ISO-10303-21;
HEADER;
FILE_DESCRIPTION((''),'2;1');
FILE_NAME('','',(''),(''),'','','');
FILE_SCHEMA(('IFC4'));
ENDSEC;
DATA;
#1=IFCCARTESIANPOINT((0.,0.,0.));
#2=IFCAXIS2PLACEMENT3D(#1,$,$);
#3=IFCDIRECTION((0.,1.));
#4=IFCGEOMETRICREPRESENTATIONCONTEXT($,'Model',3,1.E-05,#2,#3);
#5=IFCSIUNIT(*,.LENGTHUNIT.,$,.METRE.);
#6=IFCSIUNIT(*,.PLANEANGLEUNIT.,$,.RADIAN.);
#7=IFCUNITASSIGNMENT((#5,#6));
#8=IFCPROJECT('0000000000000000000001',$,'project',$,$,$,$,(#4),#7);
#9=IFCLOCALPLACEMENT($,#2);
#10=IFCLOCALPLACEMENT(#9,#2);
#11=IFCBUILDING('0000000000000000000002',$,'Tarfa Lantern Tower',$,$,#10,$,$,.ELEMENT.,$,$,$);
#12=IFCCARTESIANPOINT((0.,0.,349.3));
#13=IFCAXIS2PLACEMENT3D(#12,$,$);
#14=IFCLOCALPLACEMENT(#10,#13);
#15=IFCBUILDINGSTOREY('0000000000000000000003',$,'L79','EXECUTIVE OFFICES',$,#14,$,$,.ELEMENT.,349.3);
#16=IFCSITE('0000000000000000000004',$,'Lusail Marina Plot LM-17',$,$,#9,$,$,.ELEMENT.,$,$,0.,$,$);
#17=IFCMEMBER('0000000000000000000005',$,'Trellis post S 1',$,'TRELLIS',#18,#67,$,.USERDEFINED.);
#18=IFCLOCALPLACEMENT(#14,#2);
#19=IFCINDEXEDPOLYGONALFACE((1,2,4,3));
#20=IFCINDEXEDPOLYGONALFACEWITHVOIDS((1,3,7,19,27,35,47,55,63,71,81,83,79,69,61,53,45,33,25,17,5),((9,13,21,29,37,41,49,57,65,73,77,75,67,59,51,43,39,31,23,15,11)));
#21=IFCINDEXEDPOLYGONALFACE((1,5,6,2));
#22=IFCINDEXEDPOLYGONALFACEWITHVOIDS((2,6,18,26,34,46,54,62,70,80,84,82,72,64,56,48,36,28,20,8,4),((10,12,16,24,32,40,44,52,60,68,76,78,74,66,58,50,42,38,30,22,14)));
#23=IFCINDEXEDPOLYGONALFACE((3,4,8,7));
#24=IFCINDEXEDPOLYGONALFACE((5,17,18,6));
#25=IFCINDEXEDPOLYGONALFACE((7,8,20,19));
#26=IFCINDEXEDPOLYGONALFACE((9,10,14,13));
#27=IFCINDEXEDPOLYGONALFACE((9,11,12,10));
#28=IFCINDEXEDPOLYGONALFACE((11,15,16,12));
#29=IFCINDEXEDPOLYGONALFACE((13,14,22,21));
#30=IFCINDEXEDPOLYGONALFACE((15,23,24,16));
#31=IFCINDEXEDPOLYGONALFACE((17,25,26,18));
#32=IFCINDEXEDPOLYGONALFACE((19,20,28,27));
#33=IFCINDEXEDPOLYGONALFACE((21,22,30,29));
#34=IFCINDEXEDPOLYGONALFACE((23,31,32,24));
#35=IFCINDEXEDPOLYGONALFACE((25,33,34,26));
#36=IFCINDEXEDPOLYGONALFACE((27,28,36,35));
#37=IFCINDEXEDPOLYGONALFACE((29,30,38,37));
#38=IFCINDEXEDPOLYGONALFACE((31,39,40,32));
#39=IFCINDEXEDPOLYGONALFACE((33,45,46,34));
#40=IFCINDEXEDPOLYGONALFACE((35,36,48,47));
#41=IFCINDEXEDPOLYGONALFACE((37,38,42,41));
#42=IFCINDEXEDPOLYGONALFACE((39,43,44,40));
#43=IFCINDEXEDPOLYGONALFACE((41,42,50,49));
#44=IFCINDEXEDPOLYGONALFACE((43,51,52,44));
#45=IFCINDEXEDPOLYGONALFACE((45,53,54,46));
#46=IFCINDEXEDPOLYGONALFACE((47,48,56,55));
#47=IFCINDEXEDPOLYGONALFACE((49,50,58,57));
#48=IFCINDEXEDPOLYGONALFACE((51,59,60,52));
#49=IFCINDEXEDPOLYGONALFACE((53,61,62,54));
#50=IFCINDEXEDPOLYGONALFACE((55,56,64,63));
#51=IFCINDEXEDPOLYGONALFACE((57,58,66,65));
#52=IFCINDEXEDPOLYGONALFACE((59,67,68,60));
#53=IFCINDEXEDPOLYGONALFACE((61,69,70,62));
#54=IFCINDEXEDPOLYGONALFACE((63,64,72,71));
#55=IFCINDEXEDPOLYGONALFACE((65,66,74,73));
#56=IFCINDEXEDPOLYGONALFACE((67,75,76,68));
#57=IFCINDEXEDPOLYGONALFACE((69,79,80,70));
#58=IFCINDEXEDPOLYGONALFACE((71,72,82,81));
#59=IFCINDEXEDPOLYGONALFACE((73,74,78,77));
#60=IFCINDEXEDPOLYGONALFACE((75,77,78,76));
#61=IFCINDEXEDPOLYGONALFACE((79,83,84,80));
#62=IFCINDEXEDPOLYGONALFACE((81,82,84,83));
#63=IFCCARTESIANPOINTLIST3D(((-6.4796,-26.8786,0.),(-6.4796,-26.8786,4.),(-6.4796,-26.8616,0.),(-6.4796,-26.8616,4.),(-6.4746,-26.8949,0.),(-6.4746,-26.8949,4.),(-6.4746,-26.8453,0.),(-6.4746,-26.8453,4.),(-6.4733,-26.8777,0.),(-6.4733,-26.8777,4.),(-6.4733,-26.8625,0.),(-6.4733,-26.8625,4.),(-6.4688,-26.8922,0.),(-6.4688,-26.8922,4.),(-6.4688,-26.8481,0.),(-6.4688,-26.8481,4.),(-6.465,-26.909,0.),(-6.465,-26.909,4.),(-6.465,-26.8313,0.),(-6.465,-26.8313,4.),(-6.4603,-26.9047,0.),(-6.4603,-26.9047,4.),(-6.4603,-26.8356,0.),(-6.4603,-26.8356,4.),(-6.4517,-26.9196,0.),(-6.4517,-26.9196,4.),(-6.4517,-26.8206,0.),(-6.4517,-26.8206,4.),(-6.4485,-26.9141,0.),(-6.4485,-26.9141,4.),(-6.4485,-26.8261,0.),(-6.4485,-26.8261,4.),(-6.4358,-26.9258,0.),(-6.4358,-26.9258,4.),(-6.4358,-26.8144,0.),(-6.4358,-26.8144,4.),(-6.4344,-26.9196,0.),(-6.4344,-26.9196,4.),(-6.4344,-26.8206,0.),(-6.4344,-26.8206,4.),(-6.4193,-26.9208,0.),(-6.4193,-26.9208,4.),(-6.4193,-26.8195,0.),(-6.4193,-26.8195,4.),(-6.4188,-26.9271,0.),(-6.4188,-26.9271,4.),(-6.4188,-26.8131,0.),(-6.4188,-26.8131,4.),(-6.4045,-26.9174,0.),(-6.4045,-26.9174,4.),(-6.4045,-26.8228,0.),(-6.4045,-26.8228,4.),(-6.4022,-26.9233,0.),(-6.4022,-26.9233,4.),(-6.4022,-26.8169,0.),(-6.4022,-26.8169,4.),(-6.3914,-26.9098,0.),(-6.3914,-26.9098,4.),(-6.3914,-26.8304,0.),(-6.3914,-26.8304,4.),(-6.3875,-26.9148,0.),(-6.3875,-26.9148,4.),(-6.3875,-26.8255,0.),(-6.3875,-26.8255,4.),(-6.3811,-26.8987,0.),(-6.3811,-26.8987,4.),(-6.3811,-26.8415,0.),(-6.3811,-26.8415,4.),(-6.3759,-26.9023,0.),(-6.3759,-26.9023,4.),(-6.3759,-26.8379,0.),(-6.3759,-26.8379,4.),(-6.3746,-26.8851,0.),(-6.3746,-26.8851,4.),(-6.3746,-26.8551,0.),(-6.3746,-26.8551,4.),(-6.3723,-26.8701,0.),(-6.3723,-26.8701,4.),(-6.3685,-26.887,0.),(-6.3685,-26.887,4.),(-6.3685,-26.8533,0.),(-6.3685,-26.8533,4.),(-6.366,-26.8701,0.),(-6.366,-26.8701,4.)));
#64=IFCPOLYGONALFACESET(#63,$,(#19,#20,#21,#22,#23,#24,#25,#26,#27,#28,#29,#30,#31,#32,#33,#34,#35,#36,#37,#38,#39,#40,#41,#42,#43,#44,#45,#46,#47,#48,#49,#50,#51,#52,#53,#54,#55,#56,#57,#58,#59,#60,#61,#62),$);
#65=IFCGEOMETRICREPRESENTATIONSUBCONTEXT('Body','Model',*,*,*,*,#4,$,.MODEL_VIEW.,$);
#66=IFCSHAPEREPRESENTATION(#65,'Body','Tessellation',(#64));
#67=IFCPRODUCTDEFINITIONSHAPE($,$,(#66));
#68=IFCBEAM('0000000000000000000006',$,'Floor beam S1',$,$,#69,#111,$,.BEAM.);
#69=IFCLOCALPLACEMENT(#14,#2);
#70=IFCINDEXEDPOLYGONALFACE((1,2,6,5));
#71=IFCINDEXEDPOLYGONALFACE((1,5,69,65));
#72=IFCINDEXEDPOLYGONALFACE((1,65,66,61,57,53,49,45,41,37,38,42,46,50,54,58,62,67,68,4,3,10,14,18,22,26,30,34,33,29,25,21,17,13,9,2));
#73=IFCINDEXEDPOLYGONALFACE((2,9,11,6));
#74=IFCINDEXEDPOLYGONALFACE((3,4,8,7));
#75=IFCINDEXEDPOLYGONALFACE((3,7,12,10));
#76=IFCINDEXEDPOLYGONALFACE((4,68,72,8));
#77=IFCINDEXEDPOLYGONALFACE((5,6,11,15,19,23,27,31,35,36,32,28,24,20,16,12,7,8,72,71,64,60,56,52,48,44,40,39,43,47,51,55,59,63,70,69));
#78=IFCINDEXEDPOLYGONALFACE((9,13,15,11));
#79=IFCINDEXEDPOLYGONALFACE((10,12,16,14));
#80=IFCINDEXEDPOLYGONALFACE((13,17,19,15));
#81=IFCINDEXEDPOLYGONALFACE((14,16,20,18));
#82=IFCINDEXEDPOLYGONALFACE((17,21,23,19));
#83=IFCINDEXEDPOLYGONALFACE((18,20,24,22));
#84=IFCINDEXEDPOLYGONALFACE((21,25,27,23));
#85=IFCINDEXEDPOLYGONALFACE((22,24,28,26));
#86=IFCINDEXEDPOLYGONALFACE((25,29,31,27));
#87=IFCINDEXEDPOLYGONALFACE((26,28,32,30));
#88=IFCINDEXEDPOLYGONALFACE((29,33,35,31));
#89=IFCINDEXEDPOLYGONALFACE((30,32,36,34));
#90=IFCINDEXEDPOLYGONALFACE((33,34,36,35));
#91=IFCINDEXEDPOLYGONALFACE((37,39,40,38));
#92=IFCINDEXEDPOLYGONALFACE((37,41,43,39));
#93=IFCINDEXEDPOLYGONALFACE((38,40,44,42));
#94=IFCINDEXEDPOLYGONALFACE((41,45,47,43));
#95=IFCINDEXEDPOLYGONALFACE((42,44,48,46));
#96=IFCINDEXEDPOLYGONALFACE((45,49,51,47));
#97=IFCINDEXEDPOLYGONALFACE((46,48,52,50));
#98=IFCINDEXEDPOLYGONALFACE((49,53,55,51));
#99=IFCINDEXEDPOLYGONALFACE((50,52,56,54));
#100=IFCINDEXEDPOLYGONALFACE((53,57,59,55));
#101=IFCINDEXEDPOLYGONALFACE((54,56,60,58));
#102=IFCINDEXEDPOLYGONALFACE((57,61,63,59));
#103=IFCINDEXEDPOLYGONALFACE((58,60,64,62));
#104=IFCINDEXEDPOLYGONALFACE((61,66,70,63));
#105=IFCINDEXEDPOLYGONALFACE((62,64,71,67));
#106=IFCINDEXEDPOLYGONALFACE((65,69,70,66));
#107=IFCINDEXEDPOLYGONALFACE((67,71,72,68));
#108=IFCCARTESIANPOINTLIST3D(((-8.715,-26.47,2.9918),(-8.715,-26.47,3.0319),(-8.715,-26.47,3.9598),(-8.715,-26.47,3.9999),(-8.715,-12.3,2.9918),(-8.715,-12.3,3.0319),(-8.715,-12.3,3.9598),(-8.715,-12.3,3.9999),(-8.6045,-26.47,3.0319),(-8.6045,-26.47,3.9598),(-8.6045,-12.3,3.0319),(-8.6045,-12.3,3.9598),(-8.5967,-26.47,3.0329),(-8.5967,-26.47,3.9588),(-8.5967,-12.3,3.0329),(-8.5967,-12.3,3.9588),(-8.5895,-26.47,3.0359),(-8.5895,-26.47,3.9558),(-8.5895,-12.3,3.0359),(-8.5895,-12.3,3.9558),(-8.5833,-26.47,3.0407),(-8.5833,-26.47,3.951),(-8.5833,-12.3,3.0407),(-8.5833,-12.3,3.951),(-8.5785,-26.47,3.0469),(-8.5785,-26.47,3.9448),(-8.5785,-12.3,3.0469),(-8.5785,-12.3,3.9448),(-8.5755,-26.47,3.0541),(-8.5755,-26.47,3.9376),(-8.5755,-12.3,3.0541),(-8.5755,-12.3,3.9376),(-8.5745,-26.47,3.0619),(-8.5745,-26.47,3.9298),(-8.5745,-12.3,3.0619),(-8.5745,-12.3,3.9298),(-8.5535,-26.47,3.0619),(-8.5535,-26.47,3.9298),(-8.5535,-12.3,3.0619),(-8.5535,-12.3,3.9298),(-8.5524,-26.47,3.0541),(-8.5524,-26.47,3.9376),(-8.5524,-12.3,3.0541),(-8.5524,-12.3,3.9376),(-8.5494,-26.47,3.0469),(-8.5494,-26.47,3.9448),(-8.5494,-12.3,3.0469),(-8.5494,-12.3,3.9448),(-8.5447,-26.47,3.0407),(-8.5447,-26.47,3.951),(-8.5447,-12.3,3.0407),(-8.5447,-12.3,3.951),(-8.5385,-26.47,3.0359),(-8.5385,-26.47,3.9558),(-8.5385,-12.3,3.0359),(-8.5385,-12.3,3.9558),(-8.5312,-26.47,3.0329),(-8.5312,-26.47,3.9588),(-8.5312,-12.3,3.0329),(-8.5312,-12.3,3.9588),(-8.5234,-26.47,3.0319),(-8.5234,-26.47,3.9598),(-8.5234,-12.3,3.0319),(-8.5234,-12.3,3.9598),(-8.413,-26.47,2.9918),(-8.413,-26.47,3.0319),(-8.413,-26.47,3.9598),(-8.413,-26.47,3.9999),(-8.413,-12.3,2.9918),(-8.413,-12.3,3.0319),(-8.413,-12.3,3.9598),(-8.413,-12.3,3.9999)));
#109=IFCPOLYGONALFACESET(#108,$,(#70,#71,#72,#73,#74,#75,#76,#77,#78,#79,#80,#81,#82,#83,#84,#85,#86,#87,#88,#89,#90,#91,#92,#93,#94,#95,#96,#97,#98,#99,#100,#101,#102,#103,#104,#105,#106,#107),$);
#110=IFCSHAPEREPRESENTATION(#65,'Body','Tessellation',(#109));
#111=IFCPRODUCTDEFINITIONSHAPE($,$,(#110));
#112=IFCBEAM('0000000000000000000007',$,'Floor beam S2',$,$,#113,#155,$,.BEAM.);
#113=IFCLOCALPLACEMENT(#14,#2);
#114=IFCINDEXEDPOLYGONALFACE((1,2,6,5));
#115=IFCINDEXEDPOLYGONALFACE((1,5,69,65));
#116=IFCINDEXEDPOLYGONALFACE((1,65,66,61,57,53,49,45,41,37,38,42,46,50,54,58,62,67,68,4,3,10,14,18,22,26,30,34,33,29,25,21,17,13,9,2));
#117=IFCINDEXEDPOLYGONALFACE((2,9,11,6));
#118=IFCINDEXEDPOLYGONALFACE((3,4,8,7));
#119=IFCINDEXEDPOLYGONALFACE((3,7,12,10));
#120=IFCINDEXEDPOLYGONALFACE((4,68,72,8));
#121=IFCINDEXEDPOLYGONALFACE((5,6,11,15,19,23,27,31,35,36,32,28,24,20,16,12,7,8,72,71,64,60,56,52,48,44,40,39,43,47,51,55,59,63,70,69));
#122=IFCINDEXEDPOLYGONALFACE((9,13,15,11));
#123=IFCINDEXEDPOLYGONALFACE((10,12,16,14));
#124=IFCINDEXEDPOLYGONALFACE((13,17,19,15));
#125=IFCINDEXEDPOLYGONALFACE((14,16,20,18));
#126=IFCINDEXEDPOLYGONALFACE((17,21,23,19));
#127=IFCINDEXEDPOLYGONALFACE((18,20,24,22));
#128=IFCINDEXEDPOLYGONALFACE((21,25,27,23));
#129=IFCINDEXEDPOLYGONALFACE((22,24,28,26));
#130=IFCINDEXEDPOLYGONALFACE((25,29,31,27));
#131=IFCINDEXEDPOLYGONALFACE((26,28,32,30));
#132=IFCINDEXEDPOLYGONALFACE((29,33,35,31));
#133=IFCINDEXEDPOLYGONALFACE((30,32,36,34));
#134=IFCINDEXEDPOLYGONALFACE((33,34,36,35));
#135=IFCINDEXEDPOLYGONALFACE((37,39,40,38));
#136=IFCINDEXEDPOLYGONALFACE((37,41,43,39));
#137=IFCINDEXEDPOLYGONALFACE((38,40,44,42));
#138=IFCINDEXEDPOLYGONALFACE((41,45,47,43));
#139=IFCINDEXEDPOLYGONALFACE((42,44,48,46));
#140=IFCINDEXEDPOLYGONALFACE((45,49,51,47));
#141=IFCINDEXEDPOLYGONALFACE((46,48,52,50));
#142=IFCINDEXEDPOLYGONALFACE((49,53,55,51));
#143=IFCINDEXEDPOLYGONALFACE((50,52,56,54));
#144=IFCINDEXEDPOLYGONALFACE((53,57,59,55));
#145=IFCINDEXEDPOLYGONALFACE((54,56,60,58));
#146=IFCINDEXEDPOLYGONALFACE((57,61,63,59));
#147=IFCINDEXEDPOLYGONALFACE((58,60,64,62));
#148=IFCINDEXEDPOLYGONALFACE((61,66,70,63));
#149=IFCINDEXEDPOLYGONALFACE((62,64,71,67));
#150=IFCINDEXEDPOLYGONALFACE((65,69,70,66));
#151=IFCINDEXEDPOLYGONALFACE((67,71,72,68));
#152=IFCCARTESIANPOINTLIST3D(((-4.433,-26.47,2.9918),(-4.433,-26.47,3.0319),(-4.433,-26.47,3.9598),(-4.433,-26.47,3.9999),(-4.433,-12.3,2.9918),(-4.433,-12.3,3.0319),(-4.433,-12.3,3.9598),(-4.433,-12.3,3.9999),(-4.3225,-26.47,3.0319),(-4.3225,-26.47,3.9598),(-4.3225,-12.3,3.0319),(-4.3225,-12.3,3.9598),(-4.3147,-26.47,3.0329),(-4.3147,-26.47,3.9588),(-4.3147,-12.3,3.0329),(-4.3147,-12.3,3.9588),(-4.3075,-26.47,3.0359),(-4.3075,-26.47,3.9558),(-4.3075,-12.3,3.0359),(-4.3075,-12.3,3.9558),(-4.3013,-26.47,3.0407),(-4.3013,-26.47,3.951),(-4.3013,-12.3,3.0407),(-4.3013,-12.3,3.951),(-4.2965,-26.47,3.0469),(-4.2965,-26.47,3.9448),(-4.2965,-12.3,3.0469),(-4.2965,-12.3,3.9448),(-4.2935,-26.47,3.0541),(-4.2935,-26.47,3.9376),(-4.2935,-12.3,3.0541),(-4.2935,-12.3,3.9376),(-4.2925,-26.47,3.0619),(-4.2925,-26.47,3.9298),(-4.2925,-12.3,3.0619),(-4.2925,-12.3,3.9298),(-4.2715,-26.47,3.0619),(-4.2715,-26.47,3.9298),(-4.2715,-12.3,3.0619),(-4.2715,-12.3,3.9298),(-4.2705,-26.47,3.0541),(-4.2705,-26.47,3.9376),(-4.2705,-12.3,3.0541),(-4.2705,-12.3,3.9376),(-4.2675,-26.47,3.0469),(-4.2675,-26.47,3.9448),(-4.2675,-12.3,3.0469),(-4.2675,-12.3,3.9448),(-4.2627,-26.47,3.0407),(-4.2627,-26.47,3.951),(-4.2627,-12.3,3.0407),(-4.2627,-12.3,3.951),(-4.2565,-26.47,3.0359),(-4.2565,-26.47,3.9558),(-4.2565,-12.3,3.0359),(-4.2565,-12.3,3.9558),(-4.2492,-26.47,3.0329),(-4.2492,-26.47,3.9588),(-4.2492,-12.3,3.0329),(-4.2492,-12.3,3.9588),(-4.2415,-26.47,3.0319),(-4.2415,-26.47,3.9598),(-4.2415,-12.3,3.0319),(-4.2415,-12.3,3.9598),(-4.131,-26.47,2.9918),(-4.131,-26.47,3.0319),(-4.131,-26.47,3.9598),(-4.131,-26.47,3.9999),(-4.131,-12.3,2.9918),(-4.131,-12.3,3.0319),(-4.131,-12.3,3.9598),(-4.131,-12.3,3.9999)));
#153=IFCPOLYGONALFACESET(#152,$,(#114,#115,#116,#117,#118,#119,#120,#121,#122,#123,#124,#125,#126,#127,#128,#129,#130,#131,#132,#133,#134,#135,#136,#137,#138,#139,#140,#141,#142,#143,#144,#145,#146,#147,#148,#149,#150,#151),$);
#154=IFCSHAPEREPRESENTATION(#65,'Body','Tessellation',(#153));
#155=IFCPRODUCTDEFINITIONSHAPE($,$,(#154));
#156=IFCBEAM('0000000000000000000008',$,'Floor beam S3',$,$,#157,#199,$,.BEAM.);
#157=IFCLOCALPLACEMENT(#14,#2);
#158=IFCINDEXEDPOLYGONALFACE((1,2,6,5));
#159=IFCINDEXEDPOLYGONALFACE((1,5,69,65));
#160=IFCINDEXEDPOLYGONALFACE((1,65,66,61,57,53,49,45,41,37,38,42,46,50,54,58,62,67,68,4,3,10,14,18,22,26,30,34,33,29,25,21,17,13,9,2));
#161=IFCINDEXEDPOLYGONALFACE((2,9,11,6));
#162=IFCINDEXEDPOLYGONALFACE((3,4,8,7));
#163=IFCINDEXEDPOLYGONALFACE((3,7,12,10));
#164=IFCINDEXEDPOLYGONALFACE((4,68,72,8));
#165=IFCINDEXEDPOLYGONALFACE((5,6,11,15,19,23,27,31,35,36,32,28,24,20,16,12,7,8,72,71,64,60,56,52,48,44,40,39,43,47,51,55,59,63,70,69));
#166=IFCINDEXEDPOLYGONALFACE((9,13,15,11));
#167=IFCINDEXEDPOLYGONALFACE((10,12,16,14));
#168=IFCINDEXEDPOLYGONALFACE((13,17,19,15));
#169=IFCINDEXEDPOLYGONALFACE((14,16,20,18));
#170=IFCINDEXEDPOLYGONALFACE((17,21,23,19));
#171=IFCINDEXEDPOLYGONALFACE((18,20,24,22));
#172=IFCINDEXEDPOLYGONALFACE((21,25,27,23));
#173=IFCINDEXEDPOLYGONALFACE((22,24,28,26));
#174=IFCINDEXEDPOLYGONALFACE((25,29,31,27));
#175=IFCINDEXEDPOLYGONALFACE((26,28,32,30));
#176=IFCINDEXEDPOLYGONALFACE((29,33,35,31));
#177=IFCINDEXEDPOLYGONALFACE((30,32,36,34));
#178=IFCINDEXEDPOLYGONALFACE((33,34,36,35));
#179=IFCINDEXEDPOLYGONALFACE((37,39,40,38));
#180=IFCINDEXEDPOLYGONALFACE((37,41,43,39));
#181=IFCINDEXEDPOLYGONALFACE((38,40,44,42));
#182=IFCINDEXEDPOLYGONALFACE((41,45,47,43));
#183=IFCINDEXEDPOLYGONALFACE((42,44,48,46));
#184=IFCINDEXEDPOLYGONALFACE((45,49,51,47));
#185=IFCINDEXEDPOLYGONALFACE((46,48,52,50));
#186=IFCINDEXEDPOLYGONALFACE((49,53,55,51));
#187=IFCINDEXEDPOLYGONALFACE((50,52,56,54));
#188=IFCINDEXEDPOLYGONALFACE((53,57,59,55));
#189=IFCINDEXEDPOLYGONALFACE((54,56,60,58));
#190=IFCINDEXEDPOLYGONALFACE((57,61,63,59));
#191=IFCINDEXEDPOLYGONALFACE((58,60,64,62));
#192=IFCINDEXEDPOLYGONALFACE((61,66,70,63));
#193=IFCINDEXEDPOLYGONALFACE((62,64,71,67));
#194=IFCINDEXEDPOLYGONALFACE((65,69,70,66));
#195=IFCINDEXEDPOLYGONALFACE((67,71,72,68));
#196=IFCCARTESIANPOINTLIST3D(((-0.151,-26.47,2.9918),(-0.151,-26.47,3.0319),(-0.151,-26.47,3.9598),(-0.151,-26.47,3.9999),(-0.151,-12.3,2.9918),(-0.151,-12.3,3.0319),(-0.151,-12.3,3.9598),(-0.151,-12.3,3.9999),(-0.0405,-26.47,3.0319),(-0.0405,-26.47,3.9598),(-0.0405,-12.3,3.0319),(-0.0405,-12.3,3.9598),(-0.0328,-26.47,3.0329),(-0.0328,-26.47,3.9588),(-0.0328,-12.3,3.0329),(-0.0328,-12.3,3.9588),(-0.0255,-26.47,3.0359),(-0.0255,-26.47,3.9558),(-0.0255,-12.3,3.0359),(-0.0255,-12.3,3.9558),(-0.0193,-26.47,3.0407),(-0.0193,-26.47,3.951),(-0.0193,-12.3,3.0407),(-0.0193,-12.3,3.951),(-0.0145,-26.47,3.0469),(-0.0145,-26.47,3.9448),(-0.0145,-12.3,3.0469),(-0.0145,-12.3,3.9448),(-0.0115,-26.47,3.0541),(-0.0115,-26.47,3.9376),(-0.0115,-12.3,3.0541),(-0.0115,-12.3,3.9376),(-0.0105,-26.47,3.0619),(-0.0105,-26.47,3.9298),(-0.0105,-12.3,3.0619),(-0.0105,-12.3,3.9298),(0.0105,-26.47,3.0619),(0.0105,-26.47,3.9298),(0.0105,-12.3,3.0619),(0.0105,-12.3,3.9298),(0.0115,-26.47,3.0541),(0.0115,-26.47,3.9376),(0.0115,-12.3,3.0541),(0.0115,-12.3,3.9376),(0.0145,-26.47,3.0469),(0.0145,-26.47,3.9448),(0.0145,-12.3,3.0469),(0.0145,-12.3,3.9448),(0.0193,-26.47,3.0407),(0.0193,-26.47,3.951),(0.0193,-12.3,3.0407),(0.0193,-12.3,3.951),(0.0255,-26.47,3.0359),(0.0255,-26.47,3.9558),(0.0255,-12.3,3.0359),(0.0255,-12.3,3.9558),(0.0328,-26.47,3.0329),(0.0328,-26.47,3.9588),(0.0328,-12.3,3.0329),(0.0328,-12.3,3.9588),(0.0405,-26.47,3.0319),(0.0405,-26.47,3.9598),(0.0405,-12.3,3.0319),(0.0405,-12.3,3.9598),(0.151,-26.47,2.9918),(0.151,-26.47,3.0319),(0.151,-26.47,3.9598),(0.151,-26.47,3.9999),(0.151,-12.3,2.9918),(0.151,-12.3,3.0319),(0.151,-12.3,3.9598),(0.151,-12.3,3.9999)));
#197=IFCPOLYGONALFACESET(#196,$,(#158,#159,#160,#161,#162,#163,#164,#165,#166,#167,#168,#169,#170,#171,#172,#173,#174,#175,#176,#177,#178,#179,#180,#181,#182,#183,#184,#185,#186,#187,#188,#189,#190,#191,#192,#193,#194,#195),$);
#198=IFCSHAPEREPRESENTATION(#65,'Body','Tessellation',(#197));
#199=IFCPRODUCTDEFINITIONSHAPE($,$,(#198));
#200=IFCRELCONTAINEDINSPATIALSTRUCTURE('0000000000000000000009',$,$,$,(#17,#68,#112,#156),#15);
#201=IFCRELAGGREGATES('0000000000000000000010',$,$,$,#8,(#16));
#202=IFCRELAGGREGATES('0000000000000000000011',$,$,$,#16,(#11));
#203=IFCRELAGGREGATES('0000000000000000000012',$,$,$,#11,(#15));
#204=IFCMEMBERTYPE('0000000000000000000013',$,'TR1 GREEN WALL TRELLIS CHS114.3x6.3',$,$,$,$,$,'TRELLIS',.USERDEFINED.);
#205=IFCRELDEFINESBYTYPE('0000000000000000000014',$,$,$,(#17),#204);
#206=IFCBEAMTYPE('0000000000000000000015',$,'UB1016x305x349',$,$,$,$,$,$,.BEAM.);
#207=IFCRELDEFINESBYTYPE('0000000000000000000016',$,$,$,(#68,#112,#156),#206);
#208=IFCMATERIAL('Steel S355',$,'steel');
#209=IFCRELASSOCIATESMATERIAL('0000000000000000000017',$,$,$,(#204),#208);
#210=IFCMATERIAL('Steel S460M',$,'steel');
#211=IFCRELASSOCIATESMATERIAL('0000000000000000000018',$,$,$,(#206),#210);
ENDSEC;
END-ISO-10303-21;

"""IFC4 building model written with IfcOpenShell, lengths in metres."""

from ifc_helpers import new_model, si_unit, direction, frame, origin, origin_2d, place, context, subcontext, project, spatial, hollow_circle, i_section, extrude, material, material_profile, profile_set, type_object, element, save


model = new_model("IFC4")

# Units and contexts
model_context = context("Model", 3, precision=1e-05, world=origin(), true_north=direction((0.0, 1.0)))
body_context = subcontext(model_context, "Body", "Model", "MODEL_VIEW")
ifc_project = project(units=[si_unit("LENGTHUNIT", "METRE"), si_unit("PLANEANGLEUNIT", "RADIAN")], contexts=[model_context])

# Site, building, storey
site_placement = place(None, origin())
site = spatial("IfcSite", under=ifc_project, at=site_placement, Name="Lusail Marina Plot LM-17", CompositionType="ELEMENT", RefElevation=0.0)
building_placement = place(site_placement, origin())
building = spatial("IfcBuilding", under=site, at=building_placement, Name="Tarfa Lantern Tower", CompositionType="ELEMENT")
storey_placement = place(building_placement, frame((0.0, 0.0, 349.3)))
storey = spatial("IfcBuildingStorey", under=building, at=storey_placement, Name="L79", Description="EXECUTIVE OFFICES", CompositionType="ELEMENT", Elevation=349.3)

# Member
ifc_material_1 = material(Name="Steel S355", Category="steel")
ifc_material_profile_1 = material_profile(ifc_material_1, hollow_circle(Radius=0.0571, WallThickness=0.0063, at=origin_2d()), Name="CHS114.3x6.3")
ifc_profile_set_1 = profile_set([ifc_material_profile_1], Name="Steel S355")
member_type_1 = type_object("IfcMemberType", Name="TR1 GREEN WALL TRELLIS CHS114.3x6.3", ElementType="TRELLIS", PredefinedType="USERDEFINED", material=ifc_profile_set_1)
member_1_placement = place(storey_placement, frame((-6.4231, -26.8701, 0.0), z_axis=(0.0, 0.0, 1.0), x_axis=(1.0, 0.0, 0.0)))
element("IfcMember", 1, at=member_1_placement, inside=storey, type_object=member_type_1, Name="Trellis post S 1", ObjectType="TRELLIS", PredefinedType="USERDEFINED", context=body_context, shape_type="SweptSolid", body=[
    extrude(hollow_circle(Radius=0.0571, WallThickness=0.0063, at=origin_2d()), origin(), (0.0, 0.0, 1.0), 4.0),
])

# Beams
ifc_material_2 = material(Name="Steel S460M", Category="steel")
ifc_material_profile_2 = material_profile(ifc_material_2, i_section(OverallWidth=0.302, OverallDepth=1.0081, WebThickness=0.021, FlangeThickness=0.04, FilletRadius=0.03, at=origin_2d()), Name="UB1016x305x349")
ifc_profile_set_2 = profile_set([ifc_material_profile_2], Name="Steel S460M")
beam_type_1 = type_object("IfcBeamType", Name="UB1016x305x349", PredefinedType="BEAM", material=ifc_profile_set_2)
for number, where, z_axis, x_axis, name in (
    (2, (-8.564, -26.47, 3.4958), (0.0, 1.0, 0.0), (-1.0, 0.0, 0.0), "Floor beam S1"),
    (3, (-4.282, -26.47, 3.4958), (0.0, 1.0, 0.0), (-1.0, 0.0, 0.0), "Floor beam S2"),
    (4, (0.0, -26.47, 3.4958), (0.0, 1.0, 0.0), (-1.0, 0.0, 0.0), "Floor beam S3"),
):
    element("IfcBeam", number, at=place(storey_placement, frame(where, z_axis=z_axis, x_axis=x_axis)), inside=storey, type_object=beam_type_1, Name=name, PredefinedType="BEAM", context=body_context, shape_type="SweptSolid", body=[
        extrude(i_section(OverallWidth=0.302, OverallDepth=1.0081, WebThickness=0.021, FlangeThickness=0.04, FilletRadius=0.03, at=origin_2d()), origin(), (0.0, 0.0, 1.0), 14.1699),
    ])

save(model, "model.ifc")
